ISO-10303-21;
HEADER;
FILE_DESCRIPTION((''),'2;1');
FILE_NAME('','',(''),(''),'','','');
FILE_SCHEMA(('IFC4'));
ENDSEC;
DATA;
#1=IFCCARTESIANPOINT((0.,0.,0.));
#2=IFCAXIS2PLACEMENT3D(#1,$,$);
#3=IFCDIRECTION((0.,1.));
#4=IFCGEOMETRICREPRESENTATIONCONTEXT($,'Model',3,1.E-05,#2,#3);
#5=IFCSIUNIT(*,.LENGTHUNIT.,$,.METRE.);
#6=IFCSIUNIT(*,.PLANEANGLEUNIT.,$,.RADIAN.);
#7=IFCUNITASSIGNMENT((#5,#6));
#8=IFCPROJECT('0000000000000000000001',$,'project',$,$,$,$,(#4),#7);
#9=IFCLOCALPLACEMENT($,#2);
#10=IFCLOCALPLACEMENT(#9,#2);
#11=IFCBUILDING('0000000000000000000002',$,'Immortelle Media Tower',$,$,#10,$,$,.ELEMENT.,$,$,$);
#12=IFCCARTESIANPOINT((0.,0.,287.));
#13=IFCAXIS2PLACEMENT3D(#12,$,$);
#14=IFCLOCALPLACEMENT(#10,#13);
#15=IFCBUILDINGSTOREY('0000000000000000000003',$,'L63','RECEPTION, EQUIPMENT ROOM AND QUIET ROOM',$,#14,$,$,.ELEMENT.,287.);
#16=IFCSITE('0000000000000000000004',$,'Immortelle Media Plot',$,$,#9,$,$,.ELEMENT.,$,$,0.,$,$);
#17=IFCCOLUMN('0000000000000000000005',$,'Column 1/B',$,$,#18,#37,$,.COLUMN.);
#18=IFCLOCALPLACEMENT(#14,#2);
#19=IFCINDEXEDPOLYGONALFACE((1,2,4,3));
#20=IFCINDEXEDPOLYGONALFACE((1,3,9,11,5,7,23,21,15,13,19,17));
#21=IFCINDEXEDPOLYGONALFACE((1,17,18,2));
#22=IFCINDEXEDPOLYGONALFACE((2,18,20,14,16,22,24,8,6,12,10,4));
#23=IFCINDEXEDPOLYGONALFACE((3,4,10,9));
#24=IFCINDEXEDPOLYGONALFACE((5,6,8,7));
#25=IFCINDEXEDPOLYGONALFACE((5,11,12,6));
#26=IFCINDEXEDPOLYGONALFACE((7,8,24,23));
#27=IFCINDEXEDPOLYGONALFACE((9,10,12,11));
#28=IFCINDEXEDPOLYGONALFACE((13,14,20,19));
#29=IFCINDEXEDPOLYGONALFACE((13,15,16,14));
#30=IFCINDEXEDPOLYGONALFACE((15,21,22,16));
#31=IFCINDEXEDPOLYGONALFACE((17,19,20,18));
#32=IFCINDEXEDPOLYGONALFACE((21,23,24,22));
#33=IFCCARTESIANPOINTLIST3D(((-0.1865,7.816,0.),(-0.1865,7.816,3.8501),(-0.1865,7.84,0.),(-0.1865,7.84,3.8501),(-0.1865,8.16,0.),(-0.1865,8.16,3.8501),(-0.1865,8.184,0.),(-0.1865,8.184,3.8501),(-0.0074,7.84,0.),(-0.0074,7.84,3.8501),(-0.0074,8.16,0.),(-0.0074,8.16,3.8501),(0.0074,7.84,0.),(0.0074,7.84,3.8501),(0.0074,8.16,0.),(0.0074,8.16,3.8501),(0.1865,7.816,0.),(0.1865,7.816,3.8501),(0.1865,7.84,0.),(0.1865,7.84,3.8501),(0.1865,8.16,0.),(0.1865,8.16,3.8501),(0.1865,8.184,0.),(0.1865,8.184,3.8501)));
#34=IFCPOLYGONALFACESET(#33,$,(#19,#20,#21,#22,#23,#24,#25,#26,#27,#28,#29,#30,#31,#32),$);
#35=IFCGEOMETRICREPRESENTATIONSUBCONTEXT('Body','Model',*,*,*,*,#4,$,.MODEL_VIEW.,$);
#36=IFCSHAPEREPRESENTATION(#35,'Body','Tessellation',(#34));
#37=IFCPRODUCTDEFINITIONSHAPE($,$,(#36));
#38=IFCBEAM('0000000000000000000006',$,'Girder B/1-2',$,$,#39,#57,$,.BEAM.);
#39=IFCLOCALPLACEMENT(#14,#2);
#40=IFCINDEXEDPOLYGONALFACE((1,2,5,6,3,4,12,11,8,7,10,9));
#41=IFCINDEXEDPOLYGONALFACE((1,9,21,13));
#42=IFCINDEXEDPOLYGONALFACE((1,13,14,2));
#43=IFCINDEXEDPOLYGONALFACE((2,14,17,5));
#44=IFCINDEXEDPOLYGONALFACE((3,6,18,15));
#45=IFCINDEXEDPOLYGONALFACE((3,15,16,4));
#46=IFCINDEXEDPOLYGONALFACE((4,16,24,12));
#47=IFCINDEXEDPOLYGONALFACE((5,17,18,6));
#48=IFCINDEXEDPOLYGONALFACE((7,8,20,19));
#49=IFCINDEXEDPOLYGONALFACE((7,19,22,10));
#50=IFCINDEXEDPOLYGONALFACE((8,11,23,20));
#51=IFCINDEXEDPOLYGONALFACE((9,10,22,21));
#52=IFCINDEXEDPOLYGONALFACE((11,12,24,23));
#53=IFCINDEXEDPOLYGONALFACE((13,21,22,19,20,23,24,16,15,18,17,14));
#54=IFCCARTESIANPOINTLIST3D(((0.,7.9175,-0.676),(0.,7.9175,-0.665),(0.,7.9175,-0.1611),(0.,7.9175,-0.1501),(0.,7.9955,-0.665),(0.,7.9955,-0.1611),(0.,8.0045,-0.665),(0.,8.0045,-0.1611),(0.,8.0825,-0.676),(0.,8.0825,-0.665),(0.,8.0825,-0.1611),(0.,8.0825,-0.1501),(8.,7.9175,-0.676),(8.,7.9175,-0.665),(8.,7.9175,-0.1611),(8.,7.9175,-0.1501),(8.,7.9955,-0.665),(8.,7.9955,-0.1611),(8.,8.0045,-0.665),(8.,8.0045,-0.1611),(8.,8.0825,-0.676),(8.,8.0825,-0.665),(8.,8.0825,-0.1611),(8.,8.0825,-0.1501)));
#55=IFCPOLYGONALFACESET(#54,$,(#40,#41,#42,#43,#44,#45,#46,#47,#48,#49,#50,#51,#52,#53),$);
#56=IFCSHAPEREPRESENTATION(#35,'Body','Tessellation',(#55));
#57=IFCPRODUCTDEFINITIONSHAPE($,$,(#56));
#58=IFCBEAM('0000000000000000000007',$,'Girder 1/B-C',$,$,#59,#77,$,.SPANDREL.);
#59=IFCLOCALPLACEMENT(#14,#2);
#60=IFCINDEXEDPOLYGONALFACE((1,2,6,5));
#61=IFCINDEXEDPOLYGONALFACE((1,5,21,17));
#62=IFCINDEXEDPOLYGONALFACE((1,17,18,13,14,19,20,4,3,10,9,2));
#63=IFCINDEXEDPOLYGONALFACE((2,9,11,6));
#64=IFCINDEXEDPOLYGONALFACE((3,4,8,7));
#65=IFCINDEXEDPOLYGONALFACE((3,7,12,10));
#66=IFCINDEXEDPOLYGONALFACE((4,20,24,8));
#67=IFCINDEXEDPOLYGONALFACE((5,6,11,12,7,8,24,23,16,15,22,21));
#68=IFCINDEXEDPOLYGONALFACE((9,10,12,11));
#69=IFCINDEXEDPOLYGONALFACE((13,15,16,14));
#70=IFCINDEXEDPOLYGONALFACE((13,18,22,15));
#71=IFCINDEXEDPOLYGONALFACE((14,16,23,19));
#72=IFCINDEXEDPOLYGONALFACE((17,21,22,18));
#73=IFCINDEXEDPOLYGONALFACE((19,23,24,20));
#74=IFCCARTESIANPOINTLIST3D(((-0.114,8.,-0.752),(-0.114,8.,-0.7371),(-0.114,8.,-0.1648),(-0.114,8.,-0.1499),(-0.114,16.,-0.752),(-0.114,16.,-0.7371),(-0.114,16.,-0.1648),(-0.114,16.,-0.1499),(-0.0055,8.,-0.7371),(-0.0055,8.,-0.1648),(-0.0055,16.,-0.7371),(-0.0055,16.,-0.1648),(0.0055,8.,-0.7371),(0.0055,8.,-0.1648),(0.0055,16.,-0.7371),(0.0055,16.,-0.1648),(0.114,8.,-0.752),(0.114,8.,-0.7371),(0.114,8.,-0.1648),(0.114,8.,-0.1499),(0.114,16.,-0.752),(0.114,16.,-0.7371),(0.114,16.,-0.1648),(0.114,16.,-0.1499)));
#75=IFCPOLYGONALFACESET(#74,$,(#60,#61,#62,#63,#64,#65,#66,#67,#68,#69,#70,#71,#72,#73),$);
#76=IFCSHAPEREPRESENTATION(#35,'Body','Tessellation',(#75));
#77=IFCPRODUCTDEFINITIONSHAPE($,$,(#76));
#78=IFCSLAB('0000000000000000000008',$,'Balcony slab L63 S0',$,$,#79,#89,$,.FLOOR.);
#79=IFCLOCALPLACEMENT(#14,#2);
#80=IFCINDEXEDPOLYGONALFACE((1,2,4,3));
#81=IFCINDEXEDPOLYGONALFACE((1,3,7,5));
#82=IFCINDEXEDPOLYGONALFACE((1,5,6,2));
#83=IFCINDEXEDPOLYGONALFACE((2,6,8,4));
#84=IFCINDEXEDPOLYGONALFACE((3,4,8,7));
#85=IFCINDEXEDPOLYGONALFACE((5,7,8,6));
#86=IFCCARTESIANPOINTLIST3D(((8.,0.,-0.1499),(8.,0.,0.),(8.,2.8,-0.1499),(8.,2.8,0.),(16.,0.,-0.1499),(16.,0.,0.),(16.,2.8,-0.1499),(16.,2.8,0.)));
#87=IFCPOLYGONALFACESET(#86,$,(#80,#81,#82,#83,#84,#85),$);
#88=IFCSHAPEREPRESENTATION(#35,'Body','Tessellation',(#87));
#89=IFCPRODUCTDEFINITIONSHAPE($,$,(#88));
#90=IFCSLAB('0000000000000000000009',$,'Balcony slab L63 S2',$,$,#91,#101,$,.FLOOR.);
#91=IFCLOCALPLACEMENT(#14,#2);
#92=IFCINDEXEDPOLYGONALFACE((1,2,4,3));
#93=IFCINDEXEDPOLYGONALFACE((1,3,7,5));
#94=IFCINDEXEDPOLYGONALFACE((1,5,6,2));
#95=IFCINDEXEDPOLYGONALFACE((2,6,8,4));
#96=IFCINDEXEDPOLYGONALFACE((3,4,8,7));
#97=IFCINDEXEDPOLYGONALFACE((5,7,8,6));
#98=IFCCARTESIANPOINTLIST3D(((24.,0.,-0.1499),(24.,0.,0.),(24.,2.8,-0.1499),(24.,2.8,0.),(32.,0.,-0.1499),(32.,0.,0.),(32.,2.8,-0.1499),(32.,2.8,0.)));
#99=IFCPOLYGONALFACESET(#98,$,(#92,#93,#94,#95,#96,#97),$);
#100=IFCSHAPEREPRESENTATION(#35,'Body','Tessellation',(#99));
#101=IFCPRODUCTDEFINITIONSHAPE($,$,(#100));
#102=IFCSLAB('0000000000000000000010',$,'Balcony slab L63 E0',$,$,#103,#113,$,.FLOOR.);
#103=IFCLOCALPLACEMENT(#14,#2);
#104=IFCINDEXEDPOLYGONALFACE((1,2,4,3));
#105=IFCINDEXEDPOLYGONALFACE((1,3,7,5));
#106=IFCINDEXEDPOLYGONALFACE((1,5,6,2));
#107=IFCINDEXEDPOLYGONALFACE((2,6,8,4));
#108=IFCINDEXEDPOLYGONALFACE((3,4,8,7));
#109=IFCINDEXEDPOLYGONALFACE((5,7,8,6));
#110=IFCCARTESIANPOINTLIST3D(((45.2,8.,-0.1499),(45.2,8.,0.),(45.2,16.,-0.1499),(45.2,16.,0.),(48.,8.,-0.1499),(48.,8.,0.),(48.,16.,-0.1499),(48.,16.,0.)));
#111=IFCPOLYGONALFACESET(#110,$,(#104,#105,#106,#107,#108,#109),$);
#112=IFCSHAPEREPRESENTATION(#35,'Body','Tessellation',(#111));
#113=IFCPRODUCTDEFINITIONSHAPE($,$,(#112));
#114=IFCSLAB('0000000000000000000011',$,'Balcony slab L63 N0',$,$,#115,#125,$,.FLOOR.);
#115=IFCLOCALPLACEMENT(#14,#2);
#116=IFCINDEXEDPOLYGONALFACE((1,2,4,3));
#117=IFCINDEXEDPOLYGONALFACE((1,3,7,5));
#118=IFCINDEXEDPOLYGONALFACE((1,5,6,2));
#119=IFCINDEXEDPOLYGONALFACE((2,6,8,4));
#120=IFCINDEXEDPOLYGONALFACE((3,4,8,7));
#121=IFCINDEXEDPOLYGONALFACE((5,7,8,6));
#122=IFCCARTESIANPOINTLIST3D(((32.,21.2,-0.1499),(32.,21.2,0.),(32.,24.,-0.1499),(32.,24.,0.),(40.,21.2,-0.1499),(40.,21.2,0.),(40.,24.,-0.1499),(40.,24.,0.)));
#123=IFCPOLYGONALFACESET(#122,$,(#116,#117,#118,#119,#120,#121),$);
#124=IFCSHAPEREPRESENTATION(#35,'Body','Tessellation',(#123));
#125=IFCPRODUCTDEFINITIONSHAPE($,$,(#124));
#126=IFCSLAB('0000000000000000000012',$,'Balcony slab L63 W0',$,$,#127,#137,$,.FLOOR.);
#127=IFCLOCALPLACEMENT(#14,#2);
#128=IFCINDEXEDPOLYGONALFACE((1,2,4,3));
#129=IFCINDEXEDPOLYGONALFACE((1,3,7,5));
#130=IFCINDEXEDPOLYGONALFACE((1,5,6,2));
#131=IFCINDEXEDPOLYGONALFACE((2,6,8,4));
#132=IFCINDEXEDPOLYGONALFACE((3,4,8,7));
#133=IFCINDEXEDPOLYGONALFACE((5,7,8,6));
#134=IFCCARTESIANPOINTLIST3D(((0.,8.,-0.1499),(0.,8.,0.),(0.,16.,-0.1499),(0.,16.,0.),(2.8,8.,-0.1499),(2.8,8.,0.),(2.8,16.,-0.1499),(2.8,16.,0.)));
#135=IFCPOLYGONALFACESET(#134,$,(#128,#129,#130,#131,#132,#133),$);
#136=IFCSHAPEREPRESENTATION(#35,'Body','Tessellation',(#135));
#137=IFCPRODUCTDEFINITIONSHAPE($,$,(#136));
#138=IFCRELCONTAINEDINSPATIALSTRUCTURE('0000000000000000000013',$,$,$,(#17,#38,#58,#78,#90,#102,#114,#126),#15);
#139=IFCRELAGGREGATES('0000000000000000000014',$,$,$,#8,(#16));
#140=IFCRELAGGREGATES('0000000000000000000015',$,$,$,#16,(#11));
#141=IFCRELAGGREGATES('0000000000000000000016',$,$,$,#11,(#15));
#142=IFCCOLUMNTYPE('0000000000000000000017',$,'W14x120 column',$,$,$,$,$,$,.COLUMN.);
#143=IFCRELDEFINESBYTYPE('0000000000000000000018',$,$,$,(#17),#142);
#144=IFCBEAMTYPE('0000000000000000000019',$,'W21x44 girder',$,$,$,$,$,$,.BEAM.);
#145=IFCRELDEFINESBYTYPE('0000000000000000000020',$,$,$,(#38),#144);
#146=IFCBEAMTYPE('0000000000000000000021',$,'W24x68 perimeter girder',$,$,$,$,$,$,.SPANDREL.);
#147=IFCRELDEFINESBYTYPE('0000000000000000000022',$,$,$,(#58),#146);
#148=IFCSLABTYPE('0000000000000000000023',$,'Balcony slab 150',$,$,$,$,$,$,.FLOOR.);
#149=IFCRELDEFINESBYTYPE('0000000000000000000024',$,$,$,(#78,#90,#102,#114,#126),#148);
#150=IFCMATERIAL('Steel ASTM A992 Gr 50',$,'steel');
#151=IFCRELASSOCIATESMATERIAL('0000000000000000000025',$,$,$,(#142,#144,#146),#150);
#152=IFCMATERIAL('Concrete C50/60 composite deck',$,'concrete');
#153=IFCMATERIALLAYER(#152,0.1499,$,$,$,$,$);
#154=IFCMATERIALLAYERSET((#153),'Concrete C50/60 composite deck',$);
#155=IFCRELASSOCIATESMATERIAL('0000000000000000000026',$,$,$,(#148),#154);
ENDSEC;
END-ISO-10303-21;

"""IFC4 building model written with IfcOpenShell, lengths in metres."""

from ifc_helpers import new_model, si_unit, direction, frame, origin, origin_2d, place, context, subcontext, project, spatial, polyline, i_section, outline, extrude, material, layer, layer_set, material_profile, profile_set, type_object, element, save


model = new_model("IFC4")

# Units and contexts
model_context = context("Model", 3, precision=1e-05, world=origin(), true_north=direction((0.0, 1.0)))
body_context = subcontext(model_context, "Body", "Model", "MODEL_VIEW")
ifc_project = project(units=[si_unit("LENGTHUNIT", "METRE"), si_unit("PLANEANGLEUNIT", "RADIAN")], contexts=[model_context])

# Site, building, storey
site_placement = place(None, origin())
site = spatial("IfcSite", under=ifc_project, at=site_placement, Name="Immortelle Media Plot", CompositionType="ELEMENT", RefElevation=0.0)
building_placement = place(site_placement, origin())
building = spatial("IfcBuilding", under=site, at=building_placement, Name="Immortelle Media Tower", CompositionType="ELEMENT")
storey_placement = place(building_placement, frame((0.0, 0.0, 287.0)))
storey = spatial("IfcBuildingStorey", under=building, at=storey_placement, Name="L63", Description="RECEPTION, EQUIPMENT ROOM AND QUIET ROOM", CompositionType="ELEMENT", Elevation=287.0)

# Column
ifc_material_1 = material(Name="Steel ASTM A992 Gr 50", Category="steel")
ifc_material_profile_1 = material_profile(ifc_material_1, i_section(OverallWidth=0.373, OverallDepth=0.3679, WebThickness=0.0149, FlangeThickness=0.0239, at=origin_2d()), Name="W14x120")
ifc_profile_set_1 = profile_set([ifc_material_profile_1], Name="Steel ASTM A992 Gr 50")
column_type = type_object("IfcColumnType", Name="W14x120 column", PredefinedType="COLUMN", material=ifc_profile_set_1)
column_placement = place(storey_placement, frame((0.0, 8.0, 0.0), z_axis=(0.0, 0.0, 1.0), x_axis=(1.0, 0.0, 0.0)))
element("IfcColumn", 1, at=column_placement, inside=storey, type_object=column_type, Name="Column 1/B", PredefinedType="COLUMN", context=body_context, shape_type="SweptSolid", body=[
    extrude(i_section(OverallWidth=0.373, OverallDepth=0.3679, WebThickness=0.0149, FlangeThickness=0.0239, at=origin_2d()), origin(), (0.0, 0.0, 1.0), 3.8501),
])

# Beams
ifc_material_profile_2 = material_profile(ifc_material_1, i_section(OverallWidth=0.165, OverallDepth=0.5259, WebThickness=0.009, FlangeThickness=0.011, at=origin_2d()), Name="W21x44")
ifc_profile_set_2 = profile_set([ifc_material_profile_2], Name="Steel ASTM A992 Gr 50")
beam_type_1 = type_object("IfcBeamType", Name="W21x44 girder", PredefinedType="BEAM", material=ifc_profile_set_2)
beam_1_placement = place(storey_placement, frame((0.0, 8.0, -0.4131), z_axis=(1.0, 0.0, 0.0), x_axis=(0.0, 1.0, 0.0)))
element("IfcBeam", 2, at=beam_1_placement, inside=storey, type_object=beam_type_1, Name="Girder B/1-2", PredefinedType="BEAM", context=body_context, shape_type="SweptSolid", body=[
    extrude(i_section(OverallWidth=0.165, OverallDepth=0.5259, WebThickness=0.009, FlangeThickness=0.011, at=origin_2d()), origin(), (0.0, 0.0, 1.0), 8.0),
])
ifc_material_profile_3 = material_profile(ifc_material_1, i_section(OverallWidth=0.228, OverallDepth=0.6021, WebThickness=0.011, FlangeThickness=0.0149, at=origin_2d()), Name="W24x68")
ifc_profile_set_3 = profile_set([ifc_material_profile_3], Name="Steel ASTM A992 Gr 50")
beam_type_2 = type_object("IfcBeamType", Name="W24x68 perimeter girder", PredefinedType="SPANDREL", material=ifc_profile_set_3)
beam_2_placement = place(storey_placement, frame((0.0, 8.0, -0.4509), z_axis=(0.0, 1.0, 0.0), x_axis=(-1.0, 0.0, 0.0)))
element("IfcBeam", 3, at=beam_2_placement, inside=storey, type_object=beam_type_2, Name="Girder 1/B-C", PredefinedType="SPANDREL", context=body_context, shape_type="SweptSolid", body=[
    extrude(i_section(OverallWidth=0.228, OverallDepth=0.6021, WebThickness=0.011, FlangeThickness=0.0149, at=origin_2d()), origin(), (0.0, 0.0, 1.0), 8.0),
])

# Slabs
ifc_material_2 = material(Name="Concrete C50/60 composite deck", Category="concrete")
ifc_layer_1 = layer(ifc_material_2, 0.1499)
ifc_layer_set_1 = layer_set([ifc_layer_1], Name="Concrete C50/60 composite deck")
slab_type_1 = type_object("IfcSlabType", Name="Balcony slab 150", PredefinedType="FLOOR", material=ifc_layer_set_1)
slab_1_placement = place(storey_placement, frame((0.0, 0.0, -0.1499)))
element("IfcSlab", 4, at=slab_1_placement, inside=storey, type_object=slab_type_1, Name="Balcony slab L63 S0", PredefinedType="FLOOR", context=body_context, shape_type="SweptSolid", body=[
    extrude(outline(polyline([(16.0, 0.0), (16.0, 2.8), (8.0, 2.8), (8.0, 0.0), (16.0, 0.0)])), origin(), (0.0, 0.0, 1.0), 0.1499),
])
slab_2_placement = place(storey_placement, frame((0.0, 0.0, -0.1499)))
element("IfcSlab", 5, at=slab_2_placement, inside=storey, type_object=slab_type_1, Name="Balcony slab L63 S2", PredefinedType="FLOOR", context=body_context, shape_type="SweptSolid", body=[
    extrude(outline(polyline([(32.0, 0.0), (32.0, 2.8), (24.0, 2.8), (24.0, 0.0), (32.0, 0.0)])), origin(), (0.0, 0.0, 1.0), 0.1499),
])
slab_3_placement = place(storey_placement, frame((0.0, 0.0, -0.1499)))
element("IfcSlab", 6, at=slab_3_placement, inside=storey, type_object=slab_type_1, Name="Balcony slab L63 E0", PredefinedType="FLOOR", context=body_context, shape_type="SweptSolid", body=[
    extrude(outline(polyline([(48.0, 8.0), (48.0, 16.0), (45.2, 16.0), (45.2, 8.0), (48.0, 8.0)])), origin(), (0.0, 0.0, 1.0), 0.1499),
])
slab_4_placement = place(storey_placement, frame((0.0, 0.0, -0.1499)))
element("IfcSlab", 7, at=slab_4_placement, inside=storey, type_object=slab_type_1, Name="Balcony slab L63 N0", PredefinedType="FLOOR", context=body_context, shape_type="SweptSolid", body=[
    extrude(outline(polyline([(40.0, 21.2), (40.0, 24.0), (32.0, 24.0), (32.0, 21.2), (40.0, 21.2)])), origin(), (0.0, 0.0, 1.0), 0.1499),
])
slab_5_placement = place(storey_placement, frame((0.0, 0.0, -0.1499)))
element("IfcSlab", 8, at=slab_5_placement, inside=storey, type_object=slab_type_1, Name="Balcony slab L63 W0", PredefinedType="FLOOR", context=body_context, shape_type="SweptSolid", body=[
    extrude(outline(polyline([(2.8, 8.0), (2.8, 16.0), (0.0, 16.0), (0.0, 8.0), (2.8, 8.0)])), origin(), (0.0, 0.0, 1.0), 0.1499),
])

save(model, "model.ifc")
